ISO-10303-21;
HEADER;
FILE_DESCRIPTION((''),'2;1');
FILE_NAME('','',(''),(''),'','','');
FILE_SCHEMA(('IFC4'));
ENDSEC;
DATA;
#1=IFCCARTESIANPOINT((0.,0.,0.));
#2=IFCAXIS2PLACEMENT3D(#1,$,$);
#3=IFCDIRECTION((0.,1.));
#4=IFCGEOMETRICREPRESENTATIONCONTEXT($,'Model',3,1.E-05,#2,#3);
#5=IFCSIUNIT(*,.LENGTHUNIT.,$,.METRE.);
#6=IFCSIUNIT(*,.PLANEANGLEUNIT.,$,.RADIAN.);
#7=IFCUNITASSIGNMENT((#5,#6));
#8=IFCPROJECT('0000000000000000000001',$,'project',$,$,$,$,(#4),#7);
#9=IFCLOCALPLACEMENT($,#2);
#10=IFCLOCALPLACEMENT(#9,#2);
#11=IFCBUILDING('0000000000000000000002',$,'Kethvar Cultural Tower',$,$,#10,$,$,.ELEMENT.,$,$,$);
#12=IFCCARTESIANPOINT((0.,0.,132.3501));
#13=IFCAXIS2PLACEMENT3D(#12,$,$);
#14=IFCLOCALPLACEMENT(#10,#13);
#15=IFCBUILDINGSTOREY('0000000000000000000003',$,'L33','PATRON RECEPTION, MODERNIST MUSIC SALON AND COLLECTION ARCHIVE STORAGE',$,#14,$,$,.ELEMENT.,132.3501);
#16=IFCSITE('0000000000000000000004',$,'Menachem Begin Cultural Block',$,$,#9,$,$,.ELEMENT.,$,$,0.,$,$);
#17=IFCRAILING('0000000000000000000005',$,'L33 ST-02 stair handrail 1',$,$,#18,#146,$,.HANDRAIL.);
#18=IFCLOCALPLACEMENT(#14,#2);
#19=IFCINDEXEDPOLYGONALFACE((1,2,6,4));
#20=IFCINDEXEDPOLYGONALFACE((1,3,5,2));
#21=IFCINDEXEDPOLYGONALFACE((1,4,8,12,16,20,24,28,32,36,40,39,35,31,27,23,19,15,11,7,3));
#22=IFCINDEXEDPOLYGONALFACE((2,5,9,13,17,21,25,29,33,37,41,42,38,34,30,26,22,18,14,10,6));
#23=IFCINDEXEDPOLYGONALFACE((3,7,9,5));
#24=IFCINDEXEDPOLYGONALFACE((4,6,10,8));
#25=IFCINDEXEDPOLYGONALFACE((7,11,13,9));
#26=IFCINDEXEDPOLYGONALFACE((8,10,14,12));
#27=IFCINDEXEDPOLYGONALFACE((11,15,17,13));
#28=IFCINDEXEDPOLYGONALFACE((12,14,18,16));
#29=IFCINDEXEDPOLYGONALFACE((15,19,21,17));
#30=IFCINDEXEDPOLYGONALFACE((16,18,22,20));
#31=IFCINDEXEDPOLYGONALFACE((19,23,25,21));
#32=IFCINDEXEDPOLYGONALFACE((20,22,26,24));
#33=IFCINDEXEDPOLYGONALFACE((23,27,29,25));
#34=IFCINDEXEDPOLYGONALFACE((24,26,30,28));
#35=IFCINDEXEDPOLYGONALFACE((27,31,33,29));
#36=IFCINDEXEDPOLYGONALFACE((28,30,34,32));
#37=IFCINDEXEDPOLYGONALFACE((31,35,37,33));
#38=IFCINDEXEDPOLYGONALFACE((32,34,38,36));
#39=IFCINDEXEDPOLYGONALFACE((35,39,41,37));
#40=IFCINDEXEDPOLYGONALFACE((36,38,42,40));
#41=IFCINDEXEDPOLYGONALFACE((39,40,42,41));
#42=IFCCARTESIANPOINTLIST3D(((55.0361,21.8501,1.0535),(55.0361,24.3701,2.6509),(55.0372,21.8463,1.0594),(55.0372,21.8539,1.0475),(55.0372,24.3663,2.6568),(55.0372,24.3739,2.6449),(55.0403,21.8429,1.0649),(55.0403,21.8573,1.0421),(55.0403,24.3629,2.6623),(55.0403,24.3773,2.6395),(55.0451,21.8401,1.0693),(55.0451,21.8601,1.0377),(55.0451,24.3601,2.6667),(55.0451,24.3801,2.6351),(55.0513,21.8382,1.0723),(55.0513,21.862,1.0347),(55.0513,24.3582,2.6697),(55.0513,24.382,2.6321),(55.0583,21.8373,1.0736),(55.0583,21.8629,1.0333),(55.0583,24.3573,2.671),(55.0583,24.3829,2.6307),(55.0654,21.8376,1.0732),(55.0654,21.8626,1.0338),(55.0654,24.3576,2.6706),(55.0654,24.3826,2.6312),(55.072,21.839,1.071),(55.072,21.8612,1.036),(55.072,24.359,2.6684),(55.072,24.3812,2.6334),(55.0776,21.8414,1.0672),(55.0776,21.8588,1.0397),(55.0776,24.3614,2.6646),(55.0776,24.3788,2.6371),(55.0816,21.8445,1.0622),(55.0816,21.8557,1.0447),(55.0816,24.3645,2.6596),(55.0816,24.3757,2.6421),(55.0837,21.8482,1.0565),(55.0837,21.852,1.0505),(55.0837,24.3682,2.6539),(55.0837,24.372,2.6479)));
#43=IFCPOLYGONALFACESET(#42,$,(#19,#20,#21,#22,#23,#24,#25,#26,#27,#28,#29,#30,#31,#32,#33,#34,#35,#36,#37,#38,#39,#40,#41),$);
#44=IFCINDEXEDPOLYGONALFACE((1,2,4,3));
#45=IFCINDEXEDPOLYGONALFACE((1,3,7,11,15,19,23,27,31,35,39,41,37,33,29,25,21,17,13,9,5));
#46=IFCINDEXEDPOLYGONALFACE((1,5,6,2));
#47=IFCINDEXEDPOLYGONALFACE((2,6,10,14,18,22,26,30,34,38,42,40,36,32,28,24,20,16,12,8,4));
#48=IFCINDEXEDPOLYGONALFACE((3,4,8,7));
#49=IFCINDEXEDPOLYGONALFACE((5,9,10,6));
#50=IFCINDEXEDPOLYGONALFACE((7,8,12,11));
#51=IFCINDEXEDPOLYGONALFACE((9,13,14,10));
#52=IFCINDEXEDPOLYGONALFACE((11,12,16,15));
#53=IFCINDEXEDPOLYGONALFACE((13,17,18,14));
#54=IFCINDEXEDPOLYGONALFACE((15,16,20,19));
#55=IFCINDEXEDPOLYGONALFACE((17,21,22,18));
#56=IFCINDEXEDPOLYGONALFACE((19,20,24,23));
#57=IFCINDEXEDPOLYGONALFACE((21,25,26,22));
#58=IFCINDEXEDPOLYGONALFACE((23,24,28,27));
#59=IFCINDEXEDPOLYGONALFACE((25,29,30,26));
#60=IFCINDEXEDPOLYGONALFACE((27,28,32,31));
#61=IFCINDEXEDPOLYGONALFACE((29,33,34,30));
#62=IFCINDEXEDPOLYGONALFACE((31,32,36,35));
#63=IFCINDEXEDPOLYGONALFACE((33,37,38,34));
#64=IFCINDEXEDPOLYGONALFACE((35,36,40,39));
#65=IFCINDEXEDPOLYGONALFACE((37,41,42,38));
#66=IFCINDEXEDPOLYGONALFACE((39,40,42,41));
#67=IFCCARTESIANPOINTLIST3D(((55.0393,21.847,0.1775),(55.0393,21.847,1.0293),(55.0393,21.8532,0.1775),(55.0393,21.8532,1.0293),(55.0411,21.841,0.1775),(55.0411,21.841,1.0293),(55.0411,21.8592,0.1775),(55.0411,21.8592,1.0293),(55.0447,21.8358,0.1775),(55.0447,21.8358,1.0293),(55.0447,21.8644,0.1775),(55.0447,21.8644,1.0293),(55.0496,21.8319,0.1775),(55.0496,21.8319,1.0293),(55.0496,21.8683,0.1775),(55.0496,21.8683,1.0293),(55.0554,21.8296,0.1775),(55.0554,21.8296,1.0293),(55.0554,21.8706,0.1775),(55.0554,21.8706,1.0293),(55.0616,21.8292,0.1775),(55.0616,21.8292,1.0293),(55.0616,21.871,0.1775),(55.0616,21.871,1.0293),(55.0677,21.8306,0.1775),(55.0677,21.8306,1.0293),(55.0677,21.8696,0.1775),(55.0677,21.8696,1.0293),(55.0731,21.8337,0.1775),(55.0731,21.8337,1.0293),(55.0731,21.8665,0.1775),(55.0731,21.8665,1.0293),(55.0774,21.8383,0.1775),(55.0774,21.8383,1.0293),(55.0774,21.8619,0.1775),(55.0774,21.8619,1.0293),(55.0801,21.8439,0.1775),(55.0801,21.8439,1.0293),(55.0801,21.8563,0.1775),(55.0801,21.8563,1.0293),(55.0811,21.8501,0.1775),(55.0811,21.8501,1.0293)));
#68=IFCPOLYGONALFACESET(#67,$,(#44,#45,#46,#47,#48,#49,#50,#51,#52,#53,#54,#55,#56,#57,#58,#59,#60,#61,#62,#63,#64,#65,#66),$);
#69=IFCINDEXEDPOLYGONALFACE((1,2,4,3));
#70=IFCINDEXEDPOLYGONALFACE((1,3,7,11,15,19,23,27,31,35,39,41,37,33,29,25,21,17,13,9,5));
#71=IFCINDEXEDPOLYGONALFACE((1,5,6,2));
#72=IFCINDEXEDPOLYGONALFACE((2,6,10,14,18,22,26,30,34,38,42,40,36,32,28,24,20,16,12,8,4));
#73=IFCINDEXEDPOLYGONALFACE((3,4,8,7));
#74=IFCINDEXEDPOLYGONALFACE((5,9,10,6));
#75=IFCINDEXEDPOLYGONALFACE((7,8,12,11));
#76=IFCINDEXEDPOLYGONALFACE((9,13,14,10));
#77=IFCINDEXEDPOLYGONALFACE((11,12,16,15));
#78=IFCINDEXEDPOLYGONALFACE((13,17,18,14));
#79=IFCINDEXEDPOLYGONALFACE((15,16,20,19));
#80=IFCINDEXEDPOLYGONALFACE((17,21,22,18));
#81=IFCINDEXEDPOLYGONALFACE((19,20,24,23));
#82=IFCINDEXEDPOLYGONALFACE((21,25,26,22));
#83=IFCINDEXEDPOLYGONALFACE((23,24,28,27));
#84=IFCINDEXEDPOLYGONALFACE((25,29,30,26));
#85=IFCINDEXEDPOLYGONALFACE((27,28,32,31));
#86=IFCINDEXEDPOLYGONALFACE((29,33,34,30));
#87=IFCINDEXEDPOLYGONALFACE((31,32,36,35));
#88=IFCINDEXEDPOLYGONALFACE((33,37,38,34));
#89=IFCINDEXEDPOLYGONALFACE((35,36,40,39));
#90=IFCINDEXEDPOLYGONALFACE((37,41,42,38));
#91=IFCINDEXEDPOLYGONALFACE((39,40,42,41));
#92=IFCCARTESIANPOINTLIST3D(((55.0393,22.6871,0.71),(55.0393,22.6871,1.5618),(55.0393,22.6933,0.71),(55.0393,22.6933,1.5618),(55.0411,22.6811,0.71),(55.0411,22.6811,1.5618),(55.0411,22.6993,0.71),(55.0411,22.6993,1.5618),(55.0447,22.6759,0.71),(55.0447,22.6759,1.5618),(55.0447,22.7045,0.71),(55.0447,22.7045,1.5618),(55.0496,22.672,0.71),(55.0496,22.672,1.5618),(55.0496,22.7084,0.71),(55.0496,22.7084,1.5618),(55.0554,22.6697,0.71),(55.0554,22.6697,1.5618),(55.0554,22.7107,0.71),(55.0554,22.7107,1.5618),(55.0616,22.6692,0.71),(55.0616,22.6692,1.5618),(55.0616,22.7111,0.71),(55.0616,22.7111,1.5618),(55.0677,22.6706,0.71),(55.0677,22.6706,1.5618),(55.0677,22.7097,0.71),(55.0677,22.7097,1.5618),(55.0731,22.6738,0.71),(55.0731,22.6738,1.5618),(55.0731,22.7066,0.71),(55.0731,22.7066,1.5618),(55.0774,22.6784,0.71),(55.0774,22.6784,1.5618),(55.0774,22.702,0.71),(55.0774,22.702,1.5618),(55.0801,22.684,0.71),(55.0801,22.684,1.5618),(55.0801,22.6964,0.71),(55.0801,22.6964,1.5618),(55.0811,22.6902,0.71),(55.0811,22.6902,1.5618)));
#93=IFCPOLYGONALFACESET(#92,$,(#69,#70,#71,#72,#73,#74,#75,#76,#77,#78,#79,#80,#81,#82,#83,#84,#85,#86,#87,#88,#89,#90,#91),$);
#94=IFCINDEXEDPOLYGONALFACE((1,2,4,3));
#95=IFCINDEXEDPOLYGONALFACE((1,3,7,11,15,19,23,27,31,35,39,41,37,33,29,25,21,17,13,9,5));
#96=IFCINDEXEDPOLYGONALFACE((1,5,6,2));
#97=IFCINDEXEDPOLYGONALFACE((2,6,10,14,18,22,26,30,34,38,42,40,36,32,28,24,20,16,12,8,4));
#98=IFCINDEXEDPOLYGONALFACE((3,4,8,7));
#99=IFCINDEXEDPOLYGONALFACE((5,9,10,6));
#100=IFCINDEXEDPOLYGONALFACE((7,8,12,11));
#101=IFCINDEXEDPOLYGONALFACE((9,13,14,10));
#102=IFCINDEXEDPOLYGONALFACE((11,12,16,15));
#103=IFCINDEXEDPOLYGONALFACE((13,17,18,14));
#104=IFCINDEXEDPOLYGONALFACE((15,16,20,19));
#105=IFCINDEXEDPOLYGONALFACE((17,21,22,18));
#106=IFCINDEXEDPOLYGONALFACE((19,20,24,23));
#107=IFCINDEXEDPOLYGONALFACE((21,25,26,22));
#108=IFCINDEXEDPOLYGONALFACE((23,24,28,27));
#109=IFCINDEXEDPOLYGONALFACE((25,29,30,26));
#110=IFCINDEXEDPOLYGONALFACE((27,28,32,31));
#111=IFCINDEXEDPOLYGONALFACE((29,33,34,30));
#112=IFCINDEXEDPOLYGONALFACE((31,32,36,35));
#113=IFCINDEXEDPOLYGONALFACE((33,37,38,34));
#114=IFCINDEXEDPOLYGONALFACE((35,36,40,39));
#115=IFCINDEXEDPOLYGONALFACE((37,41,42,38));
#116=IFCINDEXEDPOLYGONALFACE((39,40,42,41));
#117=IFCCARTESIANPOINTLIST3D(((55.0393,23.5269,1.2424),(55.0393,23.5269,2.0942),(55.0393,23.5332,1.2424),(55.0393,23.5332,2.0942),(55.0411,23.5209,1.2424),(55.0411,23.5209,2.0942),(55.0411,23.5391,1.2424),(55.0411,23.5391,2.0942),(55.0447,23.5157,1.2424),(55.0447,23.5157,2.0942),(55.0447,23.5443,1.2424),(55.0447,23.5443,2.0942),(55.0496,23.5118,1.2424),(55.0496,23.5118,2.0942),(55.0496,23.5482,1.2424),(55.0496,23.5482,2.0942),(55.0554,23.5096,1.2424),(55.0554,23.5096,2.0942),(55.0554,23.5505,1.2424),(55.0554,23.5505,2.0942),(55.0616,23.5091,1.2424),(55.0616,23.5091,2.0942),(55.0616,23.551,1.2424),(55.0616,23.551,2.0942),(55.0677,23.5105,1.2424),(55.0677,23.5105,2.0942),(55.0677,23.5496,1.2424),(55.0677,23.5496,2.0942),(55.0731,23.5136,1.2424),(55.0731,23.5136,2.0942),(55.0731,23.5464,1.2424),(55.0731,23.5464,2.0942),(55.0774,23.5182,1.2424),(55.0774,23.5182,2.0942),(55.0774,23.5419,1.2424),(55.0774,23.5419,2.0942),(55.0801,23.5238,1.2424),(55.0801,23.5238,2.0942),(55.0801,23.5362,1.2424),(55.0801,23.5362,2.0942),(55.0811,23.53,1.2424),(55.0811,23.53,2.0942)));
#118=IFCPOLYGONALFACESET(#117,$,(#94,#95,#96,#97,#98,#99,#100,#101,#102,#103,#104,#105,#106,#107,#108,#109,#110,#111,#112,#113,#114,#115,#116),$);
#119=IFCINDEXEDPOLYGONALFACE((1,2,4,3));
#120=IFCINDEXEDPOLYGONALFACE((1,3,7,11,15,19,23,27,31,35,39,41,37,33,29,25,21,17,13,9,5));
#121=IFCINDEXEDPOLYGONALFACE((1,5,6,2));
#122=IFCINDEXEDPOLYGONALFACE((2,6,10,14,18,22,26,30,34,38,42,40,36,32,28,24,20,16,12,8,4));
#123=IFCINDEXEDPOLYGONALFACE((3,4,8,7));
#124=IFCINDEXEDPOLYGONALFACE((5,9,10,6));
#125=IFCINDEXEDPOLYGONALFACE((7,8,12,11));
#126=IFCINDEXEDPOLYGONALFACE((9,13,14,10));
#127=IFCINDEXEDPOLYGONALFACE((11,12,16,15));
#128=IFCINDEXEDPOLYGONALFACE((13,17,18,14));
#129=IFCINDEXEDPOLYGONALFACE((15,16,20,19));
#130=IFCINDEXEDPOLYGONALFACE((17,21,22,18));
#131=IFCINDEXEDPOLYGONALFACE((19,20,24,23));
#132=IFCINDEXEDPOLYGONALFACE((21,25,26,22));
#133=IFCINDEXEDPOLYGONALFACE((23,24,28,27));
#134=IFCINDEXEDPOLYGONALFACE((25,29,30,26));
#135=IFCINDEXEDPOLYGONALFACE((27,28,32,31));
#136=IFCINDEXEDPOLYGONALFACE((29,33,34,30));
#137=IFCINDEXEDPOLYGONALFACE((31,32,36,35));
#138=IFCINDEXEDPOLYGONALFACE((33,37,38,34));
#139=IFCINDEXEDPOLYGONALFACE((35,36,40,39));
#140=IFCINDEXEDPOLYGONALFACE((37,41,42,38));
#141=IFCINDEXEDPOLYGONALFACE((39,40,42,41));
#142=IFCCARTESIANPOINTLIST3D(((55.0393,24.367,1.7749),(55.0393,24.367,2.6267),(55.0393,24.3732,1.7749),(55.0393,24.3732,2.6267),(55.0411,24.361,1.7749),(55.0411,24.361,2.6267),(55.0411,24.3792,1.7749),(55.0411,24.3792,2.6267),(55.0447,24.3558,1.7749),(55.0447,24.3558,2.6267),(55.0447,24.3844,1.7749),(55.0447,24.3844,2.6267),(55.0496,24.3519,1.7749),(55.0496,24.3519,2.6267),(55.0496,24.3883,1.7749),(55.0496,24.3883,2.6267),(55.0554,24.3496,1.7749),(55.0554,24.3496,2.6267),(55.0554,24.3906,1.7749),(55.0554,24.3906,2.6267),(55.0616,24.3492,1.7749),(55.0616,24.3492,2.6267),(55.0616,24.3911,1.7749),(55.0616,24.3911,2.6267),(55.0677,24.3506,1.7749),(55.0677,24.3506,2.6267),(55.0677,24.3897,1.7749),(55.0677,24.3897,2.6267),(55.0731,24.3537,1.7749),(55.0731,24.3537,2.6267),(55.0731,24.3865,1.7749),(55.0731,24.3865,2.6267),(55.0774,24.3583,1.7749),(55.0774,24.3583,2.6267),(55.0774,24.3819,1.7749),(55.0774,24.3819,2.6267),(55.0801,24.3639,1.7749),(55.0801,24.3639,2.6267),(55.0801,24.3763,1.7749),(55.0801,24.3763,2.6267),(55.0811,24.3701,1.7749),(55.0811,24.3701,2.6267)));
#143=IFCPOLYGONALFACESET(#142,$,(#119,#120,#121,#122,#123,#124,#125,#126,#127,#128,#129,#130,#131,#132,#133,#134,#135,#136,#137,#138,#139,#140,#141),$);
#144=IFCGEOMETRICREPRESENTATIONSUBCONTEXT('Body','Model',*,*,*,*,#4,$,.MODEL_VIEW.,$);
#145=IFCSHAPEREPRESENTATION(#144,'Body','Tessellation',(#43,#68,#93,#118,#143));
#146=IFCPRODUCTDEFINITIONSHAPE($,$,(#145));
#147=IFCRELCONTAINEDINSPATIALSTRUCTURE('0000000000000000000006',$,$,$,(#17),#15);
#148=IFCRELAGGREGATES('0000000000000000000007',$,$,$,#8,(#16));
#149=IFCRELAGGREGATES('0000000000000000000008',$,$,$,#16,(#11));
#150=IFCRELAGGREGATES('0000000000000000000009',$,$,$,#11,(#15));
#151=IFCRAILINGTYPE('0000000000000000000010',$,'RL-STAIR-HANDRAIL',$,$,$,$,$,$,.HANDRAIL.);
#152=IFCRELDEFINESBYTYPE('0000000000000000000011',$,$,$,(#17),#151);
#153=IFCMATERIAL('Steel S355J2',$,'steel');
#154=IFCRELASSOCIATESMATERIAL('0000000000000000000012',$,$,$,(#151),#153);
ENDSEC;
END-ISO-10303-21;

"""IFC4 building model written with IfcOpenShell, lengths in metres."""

from ifc_helpers import new_model, si_unit, direction, frame, origin, origin_2d, place, context, subcontext, project, spatial, circle, extrude, material, type_object, element, save


model = new_model("IFC4")

# Units and contexts
model_context = context("Model", 3, precision=1e-05, world=origin(), true_north=direction((0.0, 1.0)))
body_context = subcontext(model_context, "Body", "Model", "MODEL_VIEW")
ifc_project = project(units=[si_unit("LENGTHUNIT", "METRE"), si_unit("PLANEANGLEUNIT", "RADIAN")], contexts=[model_context])

# Site, building, storey
site_placement = place(None, origin())
site = spatial("IfcSite", under=ifc_project, at=site_placement, Name="Menachem Begin Cultural Block", CompositionType="ELEMENT", RefElevation=0.0)
building_placement = place(site_placement, origin())
building = spatial("IfcBuilding", under=site, at=building_placement, Name="Kethvar Cultural Tower", CompositionType="ELEMENT")
storey_placement = place(building_placement, frame((0.0, 0.0, 132.3501)))
storey = spatial("IfcBuildingStorey", under=building, at=storey_placement, Name="L33", Description="PATRON RECEPTION, MODERNIST MUSIC SALON AND COLLECTION ARCHIVE STORAGE", CompositionType="ELEMENT", Elevation=132.3501)

# Shared definitions
ifc_material_1 = material(Name="Steel S355J2", Category="steel")

# Railing
railing_type_1 = type_object("IfcRailingType", Name="RL-STAIR-HANDRAIL", PredefinedType="HANDRAIL", material=ifc_material_1)
railing_1_placement = place(storey_placement, frame((55.0601, 21.8501, 0.1775)))
element("IfcRailing", 1, at=railing_1_placement, inside=storey, type_object=railing_type_1, Name="L33 ST-02 stair handrail 1", PredefinedType="HANDRAIL", context=body_context, shape_type="SweptSolid", body=[
    extrude(circle(Radius=0.0239, at=origin_2d()), frame((0.0, 0.0, 0.876), z_axis=(0.0, 0.844607, 0.535387), x_axis=(-1.0, 0.0, 0.0)), (0.0, 0.0, 1.0), 2.9836),
    extrude(circle(Radius=0.021, at=origin_2d()), origin(), (0.0, 0.0, 1.0), 0.8518),
    extrude(circle(Radius=0.021, at=origin_2d()), frame((0.0, 0.8401, 0.5325)), (0.0, 0.0, 1.0), 0.8518),
    extrude(circle(Radius=0.021, at=origin_2d()), frame((0.0, 1.6799, 1.0649)), (0.0, 0.0, 1.0), 0.8518),
    extrude(circle(Radius=0.021, at=origin_2d()), frame((0.0, 2.52, 1.5974)), (0.0, 0.0, 1.0), 0.8518),
])

save(model, "model.ifc")
